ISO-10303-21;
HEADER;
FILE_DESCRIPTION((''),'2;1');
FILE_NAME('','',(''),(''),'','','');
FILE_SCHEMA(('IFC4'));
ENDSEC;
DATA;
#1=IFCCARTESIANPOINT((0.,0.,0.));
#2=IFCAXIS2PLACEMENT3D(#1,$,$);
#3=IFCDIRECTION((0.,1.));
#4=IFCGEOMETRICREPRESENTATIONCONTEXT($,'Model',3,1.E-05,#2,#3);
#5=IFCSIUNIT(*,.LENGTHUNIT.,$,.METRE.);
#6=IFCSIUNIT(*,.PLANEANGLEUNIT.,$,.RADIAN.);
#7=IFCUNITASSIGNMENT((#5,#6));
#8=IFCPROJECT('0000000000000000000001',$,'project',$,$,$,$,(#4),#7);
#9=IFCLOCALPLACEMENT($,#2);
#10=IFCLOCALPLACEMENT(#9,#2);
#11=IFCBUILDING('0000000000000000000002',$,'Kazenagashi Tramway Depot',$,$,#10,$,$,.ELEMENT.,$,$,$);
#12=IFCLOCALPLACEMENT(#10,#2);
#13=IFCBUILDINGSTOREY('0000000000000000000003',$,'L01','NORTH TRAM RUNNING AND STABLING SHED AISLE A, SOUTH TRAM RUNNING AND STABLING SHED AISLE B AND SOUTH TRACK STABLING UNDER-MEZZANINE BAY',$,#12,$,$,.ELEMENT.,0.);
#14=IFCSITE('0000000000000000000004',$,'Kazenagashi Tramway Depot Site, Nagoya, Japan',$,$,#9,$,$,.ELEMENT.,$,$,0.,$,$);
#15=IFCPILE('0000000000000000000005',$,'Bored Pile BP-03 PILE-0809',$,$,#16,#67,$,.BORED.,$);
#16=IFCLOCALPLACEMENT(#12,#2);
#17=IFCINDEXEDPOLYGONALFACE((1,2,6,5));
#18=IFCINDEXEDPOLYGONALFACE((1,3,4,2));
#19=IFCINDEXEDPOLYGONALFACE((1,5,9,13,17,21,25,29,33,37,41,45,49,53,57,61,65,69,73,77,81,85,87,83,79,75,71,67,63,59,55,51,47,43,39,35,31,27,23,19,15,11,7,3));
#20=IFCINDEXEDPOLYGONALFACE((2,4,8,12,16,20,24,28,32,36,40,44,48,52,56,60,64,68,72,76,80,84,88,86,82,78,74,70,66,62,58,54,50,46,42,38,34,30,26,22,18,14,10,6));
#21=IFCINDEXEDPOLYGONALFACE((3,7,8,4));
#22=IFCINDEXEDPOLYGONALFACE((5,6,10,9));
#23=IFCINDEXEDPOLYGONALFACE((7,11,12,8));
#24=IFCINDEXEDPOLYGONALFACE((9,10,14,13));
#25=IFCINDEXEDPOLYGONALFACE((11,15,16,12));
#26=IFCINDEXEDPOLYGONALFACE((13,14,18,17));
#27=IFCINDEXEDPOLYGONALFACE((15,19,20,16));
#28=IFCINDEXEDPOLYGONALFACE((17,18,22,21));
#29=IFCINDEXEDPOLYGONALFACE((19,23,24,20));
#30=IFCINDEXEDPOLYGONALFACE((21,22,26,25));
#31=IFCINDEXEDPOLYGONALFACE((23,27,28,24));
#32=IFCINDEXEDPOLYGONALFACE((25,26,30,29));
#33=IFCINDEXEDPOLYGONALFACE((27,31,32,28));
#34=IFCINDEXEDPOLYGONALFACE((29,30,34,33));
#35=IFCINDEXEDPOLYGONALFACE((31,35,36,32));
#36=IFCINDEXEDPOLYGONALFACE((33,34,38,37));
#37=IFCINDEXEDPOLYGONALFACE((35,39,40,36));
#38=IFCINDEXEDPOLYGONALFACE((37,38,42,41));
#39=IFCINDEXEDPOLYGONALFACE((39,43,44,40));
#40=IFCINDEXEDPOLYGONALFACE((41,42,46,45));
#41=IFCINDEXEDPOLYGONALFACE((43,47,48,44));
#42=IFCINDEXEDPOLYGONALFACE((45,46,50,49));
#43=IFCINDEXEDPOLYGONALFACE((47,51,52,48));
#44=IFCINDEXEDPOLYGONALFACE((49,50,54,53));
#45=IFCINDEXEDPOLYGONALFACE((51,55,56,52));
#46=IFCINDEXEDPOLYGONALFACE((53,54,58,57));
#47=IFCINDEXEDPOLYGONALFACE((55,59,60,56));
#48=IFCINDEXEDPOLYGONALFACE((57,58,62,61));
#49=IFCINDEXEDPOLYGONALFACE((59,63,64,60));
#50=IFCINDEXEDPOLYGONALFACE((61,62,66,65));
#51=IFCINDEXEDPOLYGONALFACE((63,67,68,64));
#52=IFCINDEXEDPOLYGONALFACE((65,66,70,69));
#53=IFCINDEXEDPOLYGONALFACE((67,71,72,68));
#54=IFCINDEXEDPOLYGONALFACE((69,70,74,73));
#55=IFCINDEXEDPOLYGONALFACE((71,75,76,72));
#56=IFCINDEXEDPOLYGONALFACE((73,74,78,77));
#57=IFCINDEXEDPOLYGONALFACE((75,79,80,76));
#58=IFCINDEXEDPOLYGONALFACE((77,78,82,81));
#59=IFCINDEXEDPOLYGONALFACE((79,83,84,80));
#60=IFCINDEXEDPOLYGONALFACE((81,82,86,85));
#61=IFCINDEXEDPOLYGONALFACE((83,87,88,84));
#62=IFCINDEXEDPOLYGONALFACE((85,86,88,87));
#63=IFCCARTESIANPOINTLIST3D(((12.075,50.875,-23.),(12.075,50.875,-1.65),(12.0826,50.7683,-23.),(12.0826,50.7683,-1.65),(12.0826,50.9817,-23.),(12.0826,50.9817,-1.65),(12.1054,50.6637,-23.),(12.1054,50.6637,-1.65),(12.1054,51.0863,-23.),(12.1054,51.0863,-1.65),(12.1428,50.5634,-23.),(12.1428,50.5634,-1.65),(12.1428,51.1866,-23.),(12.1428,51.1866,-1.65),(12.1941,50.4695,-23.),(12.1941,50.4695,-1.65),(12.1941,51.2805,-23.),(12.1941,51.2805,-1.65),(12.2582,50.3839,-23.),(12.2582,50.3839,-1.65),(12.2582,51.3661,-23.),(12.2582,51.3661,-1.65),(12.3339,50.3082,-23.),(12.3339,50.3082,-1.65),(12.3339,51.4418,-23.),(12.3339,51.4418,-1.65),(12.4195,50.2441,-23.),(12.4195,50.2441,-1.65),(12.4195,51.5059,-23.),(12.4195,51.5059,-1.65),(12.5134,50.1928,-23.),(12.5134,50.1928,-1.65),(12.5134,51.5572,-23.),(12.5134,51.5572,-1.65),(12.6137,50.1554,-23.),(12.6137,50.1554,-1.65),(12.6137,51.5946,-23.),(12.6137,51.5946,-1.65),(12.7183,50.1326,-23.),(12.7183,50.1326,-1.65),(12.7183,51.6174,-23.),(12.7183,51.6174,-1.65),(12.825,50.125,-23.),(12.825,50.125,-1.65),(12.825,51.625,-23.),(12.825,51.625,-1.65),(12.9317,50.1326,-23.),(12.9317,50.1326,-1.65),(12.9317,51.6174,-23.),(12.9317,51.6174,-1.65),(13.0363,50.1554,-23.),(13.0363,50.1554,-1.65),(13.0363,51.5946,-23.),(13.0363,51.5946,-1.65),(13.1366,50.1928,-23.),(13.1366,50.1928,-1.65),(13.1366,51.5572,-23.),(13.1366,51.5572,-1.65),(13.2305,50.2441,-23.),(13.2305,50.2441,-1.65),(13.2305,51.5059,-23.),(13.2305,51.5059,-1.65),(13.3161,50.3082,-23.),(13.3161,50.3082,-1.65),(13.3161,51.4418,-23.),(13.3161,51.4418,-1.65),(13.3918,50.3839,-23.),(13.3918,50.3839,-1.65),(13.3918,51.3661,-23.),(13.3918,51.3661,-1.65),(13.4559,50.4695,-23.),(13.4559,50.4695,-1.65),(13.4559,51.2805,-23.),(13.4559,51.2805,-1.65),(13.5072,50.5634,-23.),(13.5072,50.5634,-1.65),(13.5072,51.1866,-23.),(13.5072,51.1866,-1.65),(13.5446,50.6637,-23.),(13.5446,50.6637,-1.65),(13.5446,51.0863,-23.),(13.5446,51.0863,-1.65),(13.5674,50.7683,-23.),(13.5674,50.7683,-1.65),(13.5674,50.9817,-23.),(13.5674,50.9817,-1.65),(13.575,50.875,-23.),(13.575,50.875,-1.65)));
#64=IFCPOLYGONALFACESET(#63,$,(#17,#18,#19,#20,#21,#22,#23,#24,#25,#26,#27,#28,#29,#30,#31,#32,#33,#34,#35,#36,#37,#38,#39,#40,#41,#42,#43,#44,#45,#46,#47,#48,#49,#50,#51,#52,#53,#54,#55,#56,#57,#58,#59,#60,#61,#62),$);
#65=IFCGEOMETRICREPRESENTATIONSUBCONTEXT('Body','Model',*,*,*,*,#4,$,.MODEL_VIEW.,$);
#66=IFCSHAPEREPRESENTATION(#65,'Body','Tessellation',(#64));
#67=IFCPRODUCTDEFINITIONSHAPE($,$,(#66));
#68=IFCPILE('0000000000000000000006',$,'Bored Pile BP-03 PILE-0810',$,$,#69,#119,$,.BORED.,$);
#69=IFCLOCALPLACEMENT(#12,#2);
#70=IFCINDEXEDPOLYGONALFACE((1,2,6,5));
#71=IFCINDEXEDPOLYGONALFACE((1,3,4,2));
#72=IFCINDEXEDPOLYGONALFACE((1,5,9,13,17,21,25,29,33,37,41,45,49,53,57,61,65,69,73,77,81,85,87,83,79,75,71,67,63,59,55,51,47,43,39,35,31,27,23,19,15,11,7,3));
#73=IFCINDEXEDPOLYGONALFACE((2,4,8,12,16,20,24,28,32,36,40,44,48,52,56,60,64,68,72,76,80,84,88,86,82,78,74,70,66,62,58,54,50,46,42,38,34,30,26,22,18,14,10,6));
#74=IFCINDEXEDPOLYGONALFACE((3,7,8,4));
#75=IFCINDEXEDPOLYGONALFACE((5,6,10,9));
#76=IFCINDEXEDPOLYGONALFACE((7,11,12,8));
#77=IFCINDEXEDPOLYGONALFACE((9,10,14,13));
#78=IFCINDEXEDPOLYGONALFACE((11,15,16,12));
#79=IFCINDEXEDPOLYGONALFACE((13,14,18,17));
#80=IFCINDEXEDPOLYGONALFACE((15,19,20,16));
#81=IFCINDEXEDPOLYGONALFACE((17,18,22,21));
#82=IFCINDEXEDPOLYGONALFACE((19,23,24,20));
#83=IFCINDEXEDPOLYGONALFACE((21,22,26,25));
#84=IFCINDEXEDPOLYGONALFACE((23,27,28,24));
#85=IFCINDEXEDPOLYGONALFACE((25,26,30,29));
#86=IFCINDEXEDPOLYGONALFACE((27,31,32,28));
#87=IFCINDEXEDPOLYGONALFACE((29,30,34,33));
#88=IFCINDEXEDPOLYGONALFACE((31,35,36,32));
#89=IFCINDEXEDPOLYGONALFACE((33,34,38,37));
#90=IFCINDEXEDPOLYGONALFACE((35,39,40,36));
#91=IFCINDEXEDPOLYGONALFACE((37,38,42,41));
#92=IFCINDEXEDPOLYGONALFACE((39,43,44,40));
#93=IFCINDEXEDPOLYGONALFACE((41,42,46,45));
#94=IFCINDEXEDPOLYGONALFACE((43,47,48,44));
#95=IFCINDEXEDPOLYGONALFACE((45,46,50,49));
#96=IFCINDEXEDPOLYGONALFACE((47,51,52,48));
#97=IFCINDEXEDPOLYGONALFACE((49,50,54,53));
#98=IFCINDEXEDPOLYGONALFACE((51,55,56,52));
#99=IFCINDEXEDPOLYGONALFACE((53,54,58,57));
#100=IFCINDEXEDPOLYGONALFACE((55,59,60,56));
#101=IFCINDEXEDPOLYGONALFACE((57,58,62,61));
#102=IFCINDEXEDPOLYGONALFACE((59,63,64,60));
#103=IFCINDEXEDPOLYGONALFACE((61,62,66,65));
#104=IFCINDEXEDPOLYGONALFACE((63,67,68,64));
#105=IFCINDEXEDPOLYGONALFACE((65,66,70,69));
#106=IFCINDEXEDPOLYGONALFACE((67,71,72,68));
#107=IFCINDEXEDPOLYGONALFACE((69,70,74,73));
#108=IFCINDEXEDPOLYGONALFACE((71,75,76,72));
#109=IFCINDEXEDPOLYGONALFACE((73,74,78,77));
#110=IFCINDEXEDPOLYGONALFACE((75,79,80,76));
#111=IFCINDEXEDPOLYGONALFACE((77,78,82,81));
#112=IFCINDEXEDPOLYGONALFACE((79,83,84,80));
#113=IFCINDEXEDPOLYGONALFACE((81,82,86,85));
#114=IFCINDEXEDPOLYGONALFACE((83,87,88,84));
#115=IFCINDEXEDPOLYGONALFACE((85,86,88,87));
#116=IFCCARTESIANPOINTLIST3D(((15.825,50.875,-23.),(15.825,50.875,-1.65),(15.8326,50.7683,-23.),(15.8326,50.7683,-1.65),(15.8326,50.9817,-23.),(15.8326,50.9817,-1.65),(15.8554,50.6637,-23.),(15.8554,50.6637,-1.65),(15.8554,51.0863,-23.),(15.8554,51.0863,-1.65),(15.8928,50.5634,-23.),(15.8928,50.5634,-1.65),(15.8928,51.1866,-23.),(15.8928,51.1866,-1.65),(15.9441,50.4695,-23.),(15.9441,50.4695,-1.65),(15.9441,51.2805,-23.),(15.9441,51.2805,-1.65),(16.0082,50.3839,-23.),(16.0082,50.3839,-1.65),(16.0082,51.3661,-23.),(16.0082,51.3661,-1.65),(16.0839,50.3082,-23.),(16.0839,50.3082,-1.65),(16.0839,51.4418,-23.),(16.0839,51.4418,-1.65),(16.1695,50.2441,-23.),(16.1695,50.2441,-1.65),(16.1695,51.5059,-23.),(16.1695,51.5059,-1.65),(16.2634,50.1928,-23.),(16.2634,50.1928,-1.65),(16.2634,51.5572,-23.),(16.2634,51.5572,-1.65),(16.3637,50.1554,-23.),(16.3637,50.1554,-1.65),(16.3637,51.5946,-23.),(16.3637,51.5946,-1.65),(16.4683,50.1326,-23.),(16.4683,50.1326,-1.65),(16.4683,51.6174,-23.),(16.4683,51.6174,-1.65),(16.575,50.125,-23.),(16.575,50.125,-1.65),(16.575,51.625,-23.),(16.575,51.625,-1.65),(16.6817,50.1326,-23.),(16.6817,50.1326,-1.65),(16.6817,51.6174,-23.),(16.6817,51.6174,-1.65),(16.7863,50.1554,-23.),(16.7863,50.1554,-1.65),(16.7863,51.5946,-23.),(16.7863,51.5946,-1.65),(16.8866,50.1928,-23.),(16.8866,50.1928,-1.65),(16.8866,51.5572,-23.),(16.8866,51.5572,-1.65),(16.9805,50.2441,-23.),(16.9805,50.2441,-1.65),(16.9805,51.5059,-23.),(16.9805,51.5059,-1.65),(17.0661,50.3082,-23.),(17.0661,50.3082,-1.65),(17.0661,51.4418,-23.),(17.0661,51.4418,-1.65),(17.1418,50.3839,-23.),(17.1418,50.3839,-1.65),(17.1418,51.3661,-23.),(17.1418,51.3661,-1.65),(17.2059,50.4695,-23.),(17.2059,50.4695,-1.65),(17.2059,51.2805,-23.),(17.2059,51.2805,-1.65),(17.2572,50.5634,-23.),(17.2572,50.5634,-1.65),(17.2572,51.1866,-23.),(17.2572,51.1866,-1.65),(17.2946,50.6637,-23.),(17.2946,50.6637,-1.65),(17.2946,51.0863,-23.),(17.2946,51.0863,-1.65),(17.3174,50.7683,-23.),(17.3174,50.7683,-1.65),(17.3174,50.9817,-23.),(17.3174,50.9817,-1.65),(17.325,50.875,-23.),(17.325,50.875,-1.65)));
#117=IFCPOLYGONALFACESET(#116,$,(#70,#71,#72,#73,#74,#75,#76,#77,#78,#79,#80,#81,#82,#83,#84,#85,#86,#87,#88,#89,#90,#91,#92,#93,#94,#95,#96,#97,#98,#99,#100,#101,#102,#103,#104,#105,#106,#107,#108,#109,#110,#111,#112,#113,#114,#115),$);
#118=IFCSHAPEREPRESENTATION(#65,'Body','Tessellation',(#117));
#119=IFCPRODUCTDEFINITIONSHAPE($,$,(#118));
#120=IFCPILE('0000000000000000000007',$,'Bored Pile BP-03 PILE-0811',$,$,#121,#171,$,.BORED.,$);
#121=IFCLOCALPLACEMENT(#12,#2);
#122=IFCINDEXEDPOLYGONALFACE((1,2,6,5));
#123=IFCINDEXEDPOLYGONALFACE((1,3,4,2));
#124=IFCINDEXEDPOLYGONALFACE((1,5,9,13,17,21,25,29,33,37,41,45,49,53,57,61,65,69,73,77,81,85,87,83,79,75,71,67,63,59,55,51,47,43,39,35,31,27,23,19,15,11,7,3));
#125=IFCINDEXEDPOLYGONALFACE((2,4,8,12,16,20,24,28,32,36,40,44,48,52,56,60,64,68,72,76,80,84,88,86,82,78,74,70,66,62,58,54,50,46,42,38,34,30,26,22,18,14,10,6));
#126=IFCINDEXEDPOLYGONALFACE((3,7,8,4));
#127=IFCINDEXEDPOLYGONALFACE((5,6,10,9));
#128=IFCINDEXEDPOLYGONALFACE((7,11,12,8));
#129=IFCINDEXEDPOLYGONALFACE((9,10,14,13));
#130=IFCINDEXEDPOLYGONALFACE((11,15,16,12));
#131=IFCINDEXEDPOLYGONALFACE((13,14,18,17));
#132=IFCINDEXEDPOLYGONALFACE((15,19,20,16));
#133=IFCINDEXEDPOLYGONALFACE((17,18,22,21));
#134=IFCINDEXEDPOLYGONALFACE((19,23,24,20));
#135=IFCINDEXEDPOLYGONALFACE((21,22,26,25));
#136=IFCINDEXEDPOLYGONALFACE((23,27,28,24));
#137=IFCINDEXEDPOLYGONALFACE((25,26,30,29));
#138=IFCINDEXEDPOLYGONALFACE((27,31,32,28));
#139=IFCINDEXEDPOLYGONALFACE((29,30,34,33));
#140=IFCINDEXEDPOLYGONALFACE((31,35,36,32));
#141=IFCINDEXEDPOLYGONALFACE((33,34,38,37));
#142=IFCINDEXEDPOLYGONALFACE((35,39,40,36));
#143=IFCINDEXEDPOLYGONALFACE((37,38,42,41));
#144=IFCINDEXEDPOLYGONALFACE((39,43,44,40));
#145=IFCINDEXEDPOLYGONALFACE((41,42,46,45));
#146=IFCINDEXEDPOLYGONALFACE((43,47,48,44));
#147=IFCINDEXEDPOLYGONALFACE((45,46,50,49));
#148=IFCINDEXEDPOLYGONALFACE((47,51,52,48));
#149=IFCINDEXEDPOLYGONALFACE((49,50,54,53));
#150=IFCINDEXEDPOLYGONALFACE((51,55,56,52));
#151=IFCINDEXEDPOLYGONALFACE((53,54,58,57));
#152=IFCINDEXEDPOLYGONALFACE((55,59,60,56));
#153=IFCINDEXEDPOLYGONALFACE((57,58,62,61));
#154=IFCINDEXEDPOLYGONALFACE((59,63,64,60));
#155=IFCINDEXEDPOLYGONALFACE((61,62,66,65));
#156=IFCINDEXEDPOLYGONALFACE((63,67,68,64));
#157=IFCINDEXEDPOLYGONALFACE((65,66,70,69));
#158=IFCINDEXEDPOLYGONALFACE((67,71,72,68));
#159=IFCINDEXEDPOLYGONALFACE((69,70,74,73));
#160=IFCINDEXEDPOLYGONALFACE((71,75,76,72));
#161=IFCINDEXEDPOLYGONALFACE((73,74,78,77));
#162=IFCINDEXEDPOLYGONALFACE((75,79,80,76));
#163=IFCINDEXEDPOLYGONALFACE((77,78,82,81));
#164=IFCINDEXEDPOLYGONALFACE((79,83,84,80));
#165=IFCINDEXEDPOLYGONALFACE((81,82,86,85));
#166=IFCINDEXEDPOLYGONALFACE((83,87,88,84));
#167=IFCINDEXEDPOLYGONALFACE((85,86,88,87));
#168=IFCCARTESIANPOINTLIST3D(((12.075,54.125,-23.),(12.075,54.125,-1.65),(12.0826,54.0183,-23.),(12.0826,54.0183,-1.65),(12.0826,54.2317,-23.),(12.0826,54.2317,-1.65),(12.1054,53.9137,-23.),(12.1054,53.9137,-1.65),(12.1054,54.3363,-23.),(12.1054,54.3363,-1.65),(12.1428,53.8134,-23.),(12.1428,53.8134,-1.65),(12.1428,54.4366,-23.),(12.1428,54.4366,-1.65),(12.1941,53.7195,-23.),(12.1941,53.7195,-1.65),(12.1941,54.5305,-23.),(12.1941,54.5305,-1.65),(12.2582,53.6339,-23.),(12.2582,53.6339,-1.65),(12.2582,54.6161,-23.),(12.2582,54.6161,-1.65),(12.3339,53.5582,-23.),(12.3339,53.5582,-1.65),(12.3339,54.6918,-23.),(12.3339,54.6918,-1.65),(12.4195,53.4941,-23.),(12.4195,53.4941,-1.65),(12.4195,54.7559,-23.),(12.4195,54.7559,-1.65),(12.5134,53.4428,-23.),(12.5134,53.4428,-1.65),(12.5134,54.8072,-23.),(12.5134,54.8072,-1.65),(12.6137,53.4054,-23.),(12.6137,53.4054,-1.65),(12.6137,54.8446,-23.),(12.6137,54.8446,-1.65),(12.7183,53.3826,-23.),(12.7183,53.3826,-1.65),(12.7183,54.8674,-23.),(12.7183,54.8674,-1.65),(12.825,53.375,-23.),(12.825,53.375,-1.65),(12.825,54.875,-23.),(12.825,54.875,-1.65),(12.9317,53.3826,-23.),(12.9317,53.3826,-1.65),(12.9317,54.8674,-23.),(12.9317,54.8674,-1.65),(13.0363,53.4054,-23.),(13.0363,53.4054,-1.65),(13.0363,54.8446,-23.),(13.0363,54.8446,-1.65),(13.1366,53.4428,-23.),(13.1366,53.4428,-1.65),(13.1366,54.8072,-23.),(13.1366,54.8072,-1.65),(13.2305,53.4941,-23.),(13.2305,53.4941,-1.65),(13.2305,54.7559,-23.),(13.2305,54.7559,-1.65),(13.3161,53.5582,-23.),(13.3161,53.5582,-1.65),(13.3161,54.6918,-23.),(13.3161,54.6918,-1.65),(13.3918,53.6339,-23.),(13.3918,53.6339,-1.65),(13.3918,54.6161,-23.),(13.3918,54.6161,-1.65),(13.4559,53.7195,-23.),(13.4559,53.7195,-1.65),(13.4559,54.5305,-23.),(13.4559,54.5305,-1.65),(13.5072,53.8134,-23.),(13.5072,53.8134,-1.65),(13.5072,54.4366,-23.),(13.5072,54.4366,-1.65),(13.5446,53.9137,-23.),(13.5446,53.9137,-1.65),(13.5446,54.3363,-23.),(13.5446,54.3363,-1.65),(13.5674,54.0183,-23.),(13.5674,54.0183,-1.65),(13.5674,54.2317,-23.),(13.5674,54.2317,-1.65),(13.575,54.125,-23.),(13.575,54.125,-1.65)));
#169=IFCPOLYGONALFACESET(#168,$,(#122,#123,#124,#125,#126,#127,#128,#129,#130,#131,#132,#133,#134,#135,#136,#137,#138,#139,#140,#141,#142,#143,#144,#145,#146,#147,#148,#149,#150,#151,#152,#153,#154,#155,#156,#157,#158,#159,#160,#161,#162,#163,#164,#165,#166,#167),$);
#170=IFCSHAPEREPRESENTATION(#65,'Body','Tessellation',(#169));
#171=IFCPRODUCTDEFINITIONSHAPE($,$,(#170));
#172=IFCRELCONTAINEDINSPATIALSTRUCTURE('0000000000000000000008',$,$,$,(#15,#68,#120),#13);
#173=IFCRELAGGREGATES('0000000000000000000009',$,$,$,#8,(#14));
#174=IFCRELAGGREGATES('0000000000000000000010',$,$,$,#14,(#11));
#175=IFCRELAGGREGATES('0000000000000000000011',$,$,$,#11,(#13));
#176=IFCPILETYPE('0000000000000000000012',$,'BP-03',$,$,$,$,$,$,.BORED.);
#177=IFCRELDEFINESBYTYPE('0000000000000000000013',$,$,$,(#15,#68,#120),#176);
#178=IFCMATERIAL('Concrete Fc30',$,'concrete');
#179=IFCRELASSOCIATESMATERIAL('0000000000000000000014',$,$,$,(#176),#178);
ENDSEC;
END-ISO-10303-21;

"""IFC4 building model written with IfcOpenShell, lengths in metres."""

from ifc_helpers import new_model, si_unit, direction, frame, origin, origin_2d, place, context, subcontext, project, spatial, circle, extrude, material, material_profile, profile_set, type_object, element, save


model = new_model("IFC4")

# Units and contexts
model_context = context("Model", 3, precision=1e-05, world=origin(), true_north=direction((0.0, 1.0)))
body_context = subcontext(model_context, "Body", "Model", "MODEL_VIEW")
ifc_project = project(units=[si_unit("LENGTHUNIT", "METRE"), si_unit("PLANEANGLEUNIT", "RADIAN")], contexts=[model_context])

# Site, building, storey
site_placement = place(None, origin())
site = spatial("IfcSite", under=ifc_project, at=site_placement, Name="Kazenagashi Tramway Depot Site, Nagoya, Japan", CompositionType="ELEMENT", RefElevation=0.0)
building_placement = place(site_placement, origin())
building = spatial("IfcBuilding", under=site, at=building_placement, Name="Kazenagashi Tramway Depot", CompositionType="ELEMENT")
storey_placement = place(building_placement, origin())
storey = spatial("IfcBuildingStorey", under=building, at=storey_placement, Name="L01", Description="NORTH TRAM RUNNING AND STABLING SHED AISLE A, SOUTH TRAM RUNNING AND STABLING SHED AISLE B AND SOUTH TRACK STABLING UNDER-MEZZANINE BAY", CompositionType="ELEMENT", Elevation=0.0)

# Piles
ifc_material_1 = material(Name="Concrete Fc30", Category="concrete")
ifc_material_profile_1 = material_profile(ifc_material_1, circle(Radius=0.75, at=origin_2d()), Name="PILE-1500")
ifc_profile_set_1 = profile_set([ifc_material_profile_1], Name="Concrete Fc30")
pile_type = type_object("IfcPileType", Name="BP-03", PredefinedType="BORED", material=ifc_profile_set_1)
for number, where, z_axis, x_axis, name in (
    (1, (12.825, 50.875, -1.65), (0.0, 0.0, -1.0), (1.0, 0.0, 0.0), "Bored Pile BP-03 PILE-0809"),
    (2, (16.575, 50.875, -1.65), (0.0, 0.0, -1.0), (1.0, 0.0, 0.0), "Bored Pile BP-03 PILE-0810"),
    (3, (12.825, 54.125, -1.65), (0.0, 0.0, -1.0), (1.0, 0.0, 0.0), "Bored Pile BP-03 PILE-0811"),
):
    element("IfcPile", number, at=place(storey_placement, frame(where, z_axis=z_axis, x_axis=x_axis)), inside=storey, type_object=pile_type, Name=name, PredefinedType="BORED", context=body_context, shape_type="SweptSolid", body=[
        extrude(circle(Radius=0.75, at=origin_2d()), origin(), (0.0, 0.0, 1.0), 21.35),
    ])

save(model, "model.ifc")
